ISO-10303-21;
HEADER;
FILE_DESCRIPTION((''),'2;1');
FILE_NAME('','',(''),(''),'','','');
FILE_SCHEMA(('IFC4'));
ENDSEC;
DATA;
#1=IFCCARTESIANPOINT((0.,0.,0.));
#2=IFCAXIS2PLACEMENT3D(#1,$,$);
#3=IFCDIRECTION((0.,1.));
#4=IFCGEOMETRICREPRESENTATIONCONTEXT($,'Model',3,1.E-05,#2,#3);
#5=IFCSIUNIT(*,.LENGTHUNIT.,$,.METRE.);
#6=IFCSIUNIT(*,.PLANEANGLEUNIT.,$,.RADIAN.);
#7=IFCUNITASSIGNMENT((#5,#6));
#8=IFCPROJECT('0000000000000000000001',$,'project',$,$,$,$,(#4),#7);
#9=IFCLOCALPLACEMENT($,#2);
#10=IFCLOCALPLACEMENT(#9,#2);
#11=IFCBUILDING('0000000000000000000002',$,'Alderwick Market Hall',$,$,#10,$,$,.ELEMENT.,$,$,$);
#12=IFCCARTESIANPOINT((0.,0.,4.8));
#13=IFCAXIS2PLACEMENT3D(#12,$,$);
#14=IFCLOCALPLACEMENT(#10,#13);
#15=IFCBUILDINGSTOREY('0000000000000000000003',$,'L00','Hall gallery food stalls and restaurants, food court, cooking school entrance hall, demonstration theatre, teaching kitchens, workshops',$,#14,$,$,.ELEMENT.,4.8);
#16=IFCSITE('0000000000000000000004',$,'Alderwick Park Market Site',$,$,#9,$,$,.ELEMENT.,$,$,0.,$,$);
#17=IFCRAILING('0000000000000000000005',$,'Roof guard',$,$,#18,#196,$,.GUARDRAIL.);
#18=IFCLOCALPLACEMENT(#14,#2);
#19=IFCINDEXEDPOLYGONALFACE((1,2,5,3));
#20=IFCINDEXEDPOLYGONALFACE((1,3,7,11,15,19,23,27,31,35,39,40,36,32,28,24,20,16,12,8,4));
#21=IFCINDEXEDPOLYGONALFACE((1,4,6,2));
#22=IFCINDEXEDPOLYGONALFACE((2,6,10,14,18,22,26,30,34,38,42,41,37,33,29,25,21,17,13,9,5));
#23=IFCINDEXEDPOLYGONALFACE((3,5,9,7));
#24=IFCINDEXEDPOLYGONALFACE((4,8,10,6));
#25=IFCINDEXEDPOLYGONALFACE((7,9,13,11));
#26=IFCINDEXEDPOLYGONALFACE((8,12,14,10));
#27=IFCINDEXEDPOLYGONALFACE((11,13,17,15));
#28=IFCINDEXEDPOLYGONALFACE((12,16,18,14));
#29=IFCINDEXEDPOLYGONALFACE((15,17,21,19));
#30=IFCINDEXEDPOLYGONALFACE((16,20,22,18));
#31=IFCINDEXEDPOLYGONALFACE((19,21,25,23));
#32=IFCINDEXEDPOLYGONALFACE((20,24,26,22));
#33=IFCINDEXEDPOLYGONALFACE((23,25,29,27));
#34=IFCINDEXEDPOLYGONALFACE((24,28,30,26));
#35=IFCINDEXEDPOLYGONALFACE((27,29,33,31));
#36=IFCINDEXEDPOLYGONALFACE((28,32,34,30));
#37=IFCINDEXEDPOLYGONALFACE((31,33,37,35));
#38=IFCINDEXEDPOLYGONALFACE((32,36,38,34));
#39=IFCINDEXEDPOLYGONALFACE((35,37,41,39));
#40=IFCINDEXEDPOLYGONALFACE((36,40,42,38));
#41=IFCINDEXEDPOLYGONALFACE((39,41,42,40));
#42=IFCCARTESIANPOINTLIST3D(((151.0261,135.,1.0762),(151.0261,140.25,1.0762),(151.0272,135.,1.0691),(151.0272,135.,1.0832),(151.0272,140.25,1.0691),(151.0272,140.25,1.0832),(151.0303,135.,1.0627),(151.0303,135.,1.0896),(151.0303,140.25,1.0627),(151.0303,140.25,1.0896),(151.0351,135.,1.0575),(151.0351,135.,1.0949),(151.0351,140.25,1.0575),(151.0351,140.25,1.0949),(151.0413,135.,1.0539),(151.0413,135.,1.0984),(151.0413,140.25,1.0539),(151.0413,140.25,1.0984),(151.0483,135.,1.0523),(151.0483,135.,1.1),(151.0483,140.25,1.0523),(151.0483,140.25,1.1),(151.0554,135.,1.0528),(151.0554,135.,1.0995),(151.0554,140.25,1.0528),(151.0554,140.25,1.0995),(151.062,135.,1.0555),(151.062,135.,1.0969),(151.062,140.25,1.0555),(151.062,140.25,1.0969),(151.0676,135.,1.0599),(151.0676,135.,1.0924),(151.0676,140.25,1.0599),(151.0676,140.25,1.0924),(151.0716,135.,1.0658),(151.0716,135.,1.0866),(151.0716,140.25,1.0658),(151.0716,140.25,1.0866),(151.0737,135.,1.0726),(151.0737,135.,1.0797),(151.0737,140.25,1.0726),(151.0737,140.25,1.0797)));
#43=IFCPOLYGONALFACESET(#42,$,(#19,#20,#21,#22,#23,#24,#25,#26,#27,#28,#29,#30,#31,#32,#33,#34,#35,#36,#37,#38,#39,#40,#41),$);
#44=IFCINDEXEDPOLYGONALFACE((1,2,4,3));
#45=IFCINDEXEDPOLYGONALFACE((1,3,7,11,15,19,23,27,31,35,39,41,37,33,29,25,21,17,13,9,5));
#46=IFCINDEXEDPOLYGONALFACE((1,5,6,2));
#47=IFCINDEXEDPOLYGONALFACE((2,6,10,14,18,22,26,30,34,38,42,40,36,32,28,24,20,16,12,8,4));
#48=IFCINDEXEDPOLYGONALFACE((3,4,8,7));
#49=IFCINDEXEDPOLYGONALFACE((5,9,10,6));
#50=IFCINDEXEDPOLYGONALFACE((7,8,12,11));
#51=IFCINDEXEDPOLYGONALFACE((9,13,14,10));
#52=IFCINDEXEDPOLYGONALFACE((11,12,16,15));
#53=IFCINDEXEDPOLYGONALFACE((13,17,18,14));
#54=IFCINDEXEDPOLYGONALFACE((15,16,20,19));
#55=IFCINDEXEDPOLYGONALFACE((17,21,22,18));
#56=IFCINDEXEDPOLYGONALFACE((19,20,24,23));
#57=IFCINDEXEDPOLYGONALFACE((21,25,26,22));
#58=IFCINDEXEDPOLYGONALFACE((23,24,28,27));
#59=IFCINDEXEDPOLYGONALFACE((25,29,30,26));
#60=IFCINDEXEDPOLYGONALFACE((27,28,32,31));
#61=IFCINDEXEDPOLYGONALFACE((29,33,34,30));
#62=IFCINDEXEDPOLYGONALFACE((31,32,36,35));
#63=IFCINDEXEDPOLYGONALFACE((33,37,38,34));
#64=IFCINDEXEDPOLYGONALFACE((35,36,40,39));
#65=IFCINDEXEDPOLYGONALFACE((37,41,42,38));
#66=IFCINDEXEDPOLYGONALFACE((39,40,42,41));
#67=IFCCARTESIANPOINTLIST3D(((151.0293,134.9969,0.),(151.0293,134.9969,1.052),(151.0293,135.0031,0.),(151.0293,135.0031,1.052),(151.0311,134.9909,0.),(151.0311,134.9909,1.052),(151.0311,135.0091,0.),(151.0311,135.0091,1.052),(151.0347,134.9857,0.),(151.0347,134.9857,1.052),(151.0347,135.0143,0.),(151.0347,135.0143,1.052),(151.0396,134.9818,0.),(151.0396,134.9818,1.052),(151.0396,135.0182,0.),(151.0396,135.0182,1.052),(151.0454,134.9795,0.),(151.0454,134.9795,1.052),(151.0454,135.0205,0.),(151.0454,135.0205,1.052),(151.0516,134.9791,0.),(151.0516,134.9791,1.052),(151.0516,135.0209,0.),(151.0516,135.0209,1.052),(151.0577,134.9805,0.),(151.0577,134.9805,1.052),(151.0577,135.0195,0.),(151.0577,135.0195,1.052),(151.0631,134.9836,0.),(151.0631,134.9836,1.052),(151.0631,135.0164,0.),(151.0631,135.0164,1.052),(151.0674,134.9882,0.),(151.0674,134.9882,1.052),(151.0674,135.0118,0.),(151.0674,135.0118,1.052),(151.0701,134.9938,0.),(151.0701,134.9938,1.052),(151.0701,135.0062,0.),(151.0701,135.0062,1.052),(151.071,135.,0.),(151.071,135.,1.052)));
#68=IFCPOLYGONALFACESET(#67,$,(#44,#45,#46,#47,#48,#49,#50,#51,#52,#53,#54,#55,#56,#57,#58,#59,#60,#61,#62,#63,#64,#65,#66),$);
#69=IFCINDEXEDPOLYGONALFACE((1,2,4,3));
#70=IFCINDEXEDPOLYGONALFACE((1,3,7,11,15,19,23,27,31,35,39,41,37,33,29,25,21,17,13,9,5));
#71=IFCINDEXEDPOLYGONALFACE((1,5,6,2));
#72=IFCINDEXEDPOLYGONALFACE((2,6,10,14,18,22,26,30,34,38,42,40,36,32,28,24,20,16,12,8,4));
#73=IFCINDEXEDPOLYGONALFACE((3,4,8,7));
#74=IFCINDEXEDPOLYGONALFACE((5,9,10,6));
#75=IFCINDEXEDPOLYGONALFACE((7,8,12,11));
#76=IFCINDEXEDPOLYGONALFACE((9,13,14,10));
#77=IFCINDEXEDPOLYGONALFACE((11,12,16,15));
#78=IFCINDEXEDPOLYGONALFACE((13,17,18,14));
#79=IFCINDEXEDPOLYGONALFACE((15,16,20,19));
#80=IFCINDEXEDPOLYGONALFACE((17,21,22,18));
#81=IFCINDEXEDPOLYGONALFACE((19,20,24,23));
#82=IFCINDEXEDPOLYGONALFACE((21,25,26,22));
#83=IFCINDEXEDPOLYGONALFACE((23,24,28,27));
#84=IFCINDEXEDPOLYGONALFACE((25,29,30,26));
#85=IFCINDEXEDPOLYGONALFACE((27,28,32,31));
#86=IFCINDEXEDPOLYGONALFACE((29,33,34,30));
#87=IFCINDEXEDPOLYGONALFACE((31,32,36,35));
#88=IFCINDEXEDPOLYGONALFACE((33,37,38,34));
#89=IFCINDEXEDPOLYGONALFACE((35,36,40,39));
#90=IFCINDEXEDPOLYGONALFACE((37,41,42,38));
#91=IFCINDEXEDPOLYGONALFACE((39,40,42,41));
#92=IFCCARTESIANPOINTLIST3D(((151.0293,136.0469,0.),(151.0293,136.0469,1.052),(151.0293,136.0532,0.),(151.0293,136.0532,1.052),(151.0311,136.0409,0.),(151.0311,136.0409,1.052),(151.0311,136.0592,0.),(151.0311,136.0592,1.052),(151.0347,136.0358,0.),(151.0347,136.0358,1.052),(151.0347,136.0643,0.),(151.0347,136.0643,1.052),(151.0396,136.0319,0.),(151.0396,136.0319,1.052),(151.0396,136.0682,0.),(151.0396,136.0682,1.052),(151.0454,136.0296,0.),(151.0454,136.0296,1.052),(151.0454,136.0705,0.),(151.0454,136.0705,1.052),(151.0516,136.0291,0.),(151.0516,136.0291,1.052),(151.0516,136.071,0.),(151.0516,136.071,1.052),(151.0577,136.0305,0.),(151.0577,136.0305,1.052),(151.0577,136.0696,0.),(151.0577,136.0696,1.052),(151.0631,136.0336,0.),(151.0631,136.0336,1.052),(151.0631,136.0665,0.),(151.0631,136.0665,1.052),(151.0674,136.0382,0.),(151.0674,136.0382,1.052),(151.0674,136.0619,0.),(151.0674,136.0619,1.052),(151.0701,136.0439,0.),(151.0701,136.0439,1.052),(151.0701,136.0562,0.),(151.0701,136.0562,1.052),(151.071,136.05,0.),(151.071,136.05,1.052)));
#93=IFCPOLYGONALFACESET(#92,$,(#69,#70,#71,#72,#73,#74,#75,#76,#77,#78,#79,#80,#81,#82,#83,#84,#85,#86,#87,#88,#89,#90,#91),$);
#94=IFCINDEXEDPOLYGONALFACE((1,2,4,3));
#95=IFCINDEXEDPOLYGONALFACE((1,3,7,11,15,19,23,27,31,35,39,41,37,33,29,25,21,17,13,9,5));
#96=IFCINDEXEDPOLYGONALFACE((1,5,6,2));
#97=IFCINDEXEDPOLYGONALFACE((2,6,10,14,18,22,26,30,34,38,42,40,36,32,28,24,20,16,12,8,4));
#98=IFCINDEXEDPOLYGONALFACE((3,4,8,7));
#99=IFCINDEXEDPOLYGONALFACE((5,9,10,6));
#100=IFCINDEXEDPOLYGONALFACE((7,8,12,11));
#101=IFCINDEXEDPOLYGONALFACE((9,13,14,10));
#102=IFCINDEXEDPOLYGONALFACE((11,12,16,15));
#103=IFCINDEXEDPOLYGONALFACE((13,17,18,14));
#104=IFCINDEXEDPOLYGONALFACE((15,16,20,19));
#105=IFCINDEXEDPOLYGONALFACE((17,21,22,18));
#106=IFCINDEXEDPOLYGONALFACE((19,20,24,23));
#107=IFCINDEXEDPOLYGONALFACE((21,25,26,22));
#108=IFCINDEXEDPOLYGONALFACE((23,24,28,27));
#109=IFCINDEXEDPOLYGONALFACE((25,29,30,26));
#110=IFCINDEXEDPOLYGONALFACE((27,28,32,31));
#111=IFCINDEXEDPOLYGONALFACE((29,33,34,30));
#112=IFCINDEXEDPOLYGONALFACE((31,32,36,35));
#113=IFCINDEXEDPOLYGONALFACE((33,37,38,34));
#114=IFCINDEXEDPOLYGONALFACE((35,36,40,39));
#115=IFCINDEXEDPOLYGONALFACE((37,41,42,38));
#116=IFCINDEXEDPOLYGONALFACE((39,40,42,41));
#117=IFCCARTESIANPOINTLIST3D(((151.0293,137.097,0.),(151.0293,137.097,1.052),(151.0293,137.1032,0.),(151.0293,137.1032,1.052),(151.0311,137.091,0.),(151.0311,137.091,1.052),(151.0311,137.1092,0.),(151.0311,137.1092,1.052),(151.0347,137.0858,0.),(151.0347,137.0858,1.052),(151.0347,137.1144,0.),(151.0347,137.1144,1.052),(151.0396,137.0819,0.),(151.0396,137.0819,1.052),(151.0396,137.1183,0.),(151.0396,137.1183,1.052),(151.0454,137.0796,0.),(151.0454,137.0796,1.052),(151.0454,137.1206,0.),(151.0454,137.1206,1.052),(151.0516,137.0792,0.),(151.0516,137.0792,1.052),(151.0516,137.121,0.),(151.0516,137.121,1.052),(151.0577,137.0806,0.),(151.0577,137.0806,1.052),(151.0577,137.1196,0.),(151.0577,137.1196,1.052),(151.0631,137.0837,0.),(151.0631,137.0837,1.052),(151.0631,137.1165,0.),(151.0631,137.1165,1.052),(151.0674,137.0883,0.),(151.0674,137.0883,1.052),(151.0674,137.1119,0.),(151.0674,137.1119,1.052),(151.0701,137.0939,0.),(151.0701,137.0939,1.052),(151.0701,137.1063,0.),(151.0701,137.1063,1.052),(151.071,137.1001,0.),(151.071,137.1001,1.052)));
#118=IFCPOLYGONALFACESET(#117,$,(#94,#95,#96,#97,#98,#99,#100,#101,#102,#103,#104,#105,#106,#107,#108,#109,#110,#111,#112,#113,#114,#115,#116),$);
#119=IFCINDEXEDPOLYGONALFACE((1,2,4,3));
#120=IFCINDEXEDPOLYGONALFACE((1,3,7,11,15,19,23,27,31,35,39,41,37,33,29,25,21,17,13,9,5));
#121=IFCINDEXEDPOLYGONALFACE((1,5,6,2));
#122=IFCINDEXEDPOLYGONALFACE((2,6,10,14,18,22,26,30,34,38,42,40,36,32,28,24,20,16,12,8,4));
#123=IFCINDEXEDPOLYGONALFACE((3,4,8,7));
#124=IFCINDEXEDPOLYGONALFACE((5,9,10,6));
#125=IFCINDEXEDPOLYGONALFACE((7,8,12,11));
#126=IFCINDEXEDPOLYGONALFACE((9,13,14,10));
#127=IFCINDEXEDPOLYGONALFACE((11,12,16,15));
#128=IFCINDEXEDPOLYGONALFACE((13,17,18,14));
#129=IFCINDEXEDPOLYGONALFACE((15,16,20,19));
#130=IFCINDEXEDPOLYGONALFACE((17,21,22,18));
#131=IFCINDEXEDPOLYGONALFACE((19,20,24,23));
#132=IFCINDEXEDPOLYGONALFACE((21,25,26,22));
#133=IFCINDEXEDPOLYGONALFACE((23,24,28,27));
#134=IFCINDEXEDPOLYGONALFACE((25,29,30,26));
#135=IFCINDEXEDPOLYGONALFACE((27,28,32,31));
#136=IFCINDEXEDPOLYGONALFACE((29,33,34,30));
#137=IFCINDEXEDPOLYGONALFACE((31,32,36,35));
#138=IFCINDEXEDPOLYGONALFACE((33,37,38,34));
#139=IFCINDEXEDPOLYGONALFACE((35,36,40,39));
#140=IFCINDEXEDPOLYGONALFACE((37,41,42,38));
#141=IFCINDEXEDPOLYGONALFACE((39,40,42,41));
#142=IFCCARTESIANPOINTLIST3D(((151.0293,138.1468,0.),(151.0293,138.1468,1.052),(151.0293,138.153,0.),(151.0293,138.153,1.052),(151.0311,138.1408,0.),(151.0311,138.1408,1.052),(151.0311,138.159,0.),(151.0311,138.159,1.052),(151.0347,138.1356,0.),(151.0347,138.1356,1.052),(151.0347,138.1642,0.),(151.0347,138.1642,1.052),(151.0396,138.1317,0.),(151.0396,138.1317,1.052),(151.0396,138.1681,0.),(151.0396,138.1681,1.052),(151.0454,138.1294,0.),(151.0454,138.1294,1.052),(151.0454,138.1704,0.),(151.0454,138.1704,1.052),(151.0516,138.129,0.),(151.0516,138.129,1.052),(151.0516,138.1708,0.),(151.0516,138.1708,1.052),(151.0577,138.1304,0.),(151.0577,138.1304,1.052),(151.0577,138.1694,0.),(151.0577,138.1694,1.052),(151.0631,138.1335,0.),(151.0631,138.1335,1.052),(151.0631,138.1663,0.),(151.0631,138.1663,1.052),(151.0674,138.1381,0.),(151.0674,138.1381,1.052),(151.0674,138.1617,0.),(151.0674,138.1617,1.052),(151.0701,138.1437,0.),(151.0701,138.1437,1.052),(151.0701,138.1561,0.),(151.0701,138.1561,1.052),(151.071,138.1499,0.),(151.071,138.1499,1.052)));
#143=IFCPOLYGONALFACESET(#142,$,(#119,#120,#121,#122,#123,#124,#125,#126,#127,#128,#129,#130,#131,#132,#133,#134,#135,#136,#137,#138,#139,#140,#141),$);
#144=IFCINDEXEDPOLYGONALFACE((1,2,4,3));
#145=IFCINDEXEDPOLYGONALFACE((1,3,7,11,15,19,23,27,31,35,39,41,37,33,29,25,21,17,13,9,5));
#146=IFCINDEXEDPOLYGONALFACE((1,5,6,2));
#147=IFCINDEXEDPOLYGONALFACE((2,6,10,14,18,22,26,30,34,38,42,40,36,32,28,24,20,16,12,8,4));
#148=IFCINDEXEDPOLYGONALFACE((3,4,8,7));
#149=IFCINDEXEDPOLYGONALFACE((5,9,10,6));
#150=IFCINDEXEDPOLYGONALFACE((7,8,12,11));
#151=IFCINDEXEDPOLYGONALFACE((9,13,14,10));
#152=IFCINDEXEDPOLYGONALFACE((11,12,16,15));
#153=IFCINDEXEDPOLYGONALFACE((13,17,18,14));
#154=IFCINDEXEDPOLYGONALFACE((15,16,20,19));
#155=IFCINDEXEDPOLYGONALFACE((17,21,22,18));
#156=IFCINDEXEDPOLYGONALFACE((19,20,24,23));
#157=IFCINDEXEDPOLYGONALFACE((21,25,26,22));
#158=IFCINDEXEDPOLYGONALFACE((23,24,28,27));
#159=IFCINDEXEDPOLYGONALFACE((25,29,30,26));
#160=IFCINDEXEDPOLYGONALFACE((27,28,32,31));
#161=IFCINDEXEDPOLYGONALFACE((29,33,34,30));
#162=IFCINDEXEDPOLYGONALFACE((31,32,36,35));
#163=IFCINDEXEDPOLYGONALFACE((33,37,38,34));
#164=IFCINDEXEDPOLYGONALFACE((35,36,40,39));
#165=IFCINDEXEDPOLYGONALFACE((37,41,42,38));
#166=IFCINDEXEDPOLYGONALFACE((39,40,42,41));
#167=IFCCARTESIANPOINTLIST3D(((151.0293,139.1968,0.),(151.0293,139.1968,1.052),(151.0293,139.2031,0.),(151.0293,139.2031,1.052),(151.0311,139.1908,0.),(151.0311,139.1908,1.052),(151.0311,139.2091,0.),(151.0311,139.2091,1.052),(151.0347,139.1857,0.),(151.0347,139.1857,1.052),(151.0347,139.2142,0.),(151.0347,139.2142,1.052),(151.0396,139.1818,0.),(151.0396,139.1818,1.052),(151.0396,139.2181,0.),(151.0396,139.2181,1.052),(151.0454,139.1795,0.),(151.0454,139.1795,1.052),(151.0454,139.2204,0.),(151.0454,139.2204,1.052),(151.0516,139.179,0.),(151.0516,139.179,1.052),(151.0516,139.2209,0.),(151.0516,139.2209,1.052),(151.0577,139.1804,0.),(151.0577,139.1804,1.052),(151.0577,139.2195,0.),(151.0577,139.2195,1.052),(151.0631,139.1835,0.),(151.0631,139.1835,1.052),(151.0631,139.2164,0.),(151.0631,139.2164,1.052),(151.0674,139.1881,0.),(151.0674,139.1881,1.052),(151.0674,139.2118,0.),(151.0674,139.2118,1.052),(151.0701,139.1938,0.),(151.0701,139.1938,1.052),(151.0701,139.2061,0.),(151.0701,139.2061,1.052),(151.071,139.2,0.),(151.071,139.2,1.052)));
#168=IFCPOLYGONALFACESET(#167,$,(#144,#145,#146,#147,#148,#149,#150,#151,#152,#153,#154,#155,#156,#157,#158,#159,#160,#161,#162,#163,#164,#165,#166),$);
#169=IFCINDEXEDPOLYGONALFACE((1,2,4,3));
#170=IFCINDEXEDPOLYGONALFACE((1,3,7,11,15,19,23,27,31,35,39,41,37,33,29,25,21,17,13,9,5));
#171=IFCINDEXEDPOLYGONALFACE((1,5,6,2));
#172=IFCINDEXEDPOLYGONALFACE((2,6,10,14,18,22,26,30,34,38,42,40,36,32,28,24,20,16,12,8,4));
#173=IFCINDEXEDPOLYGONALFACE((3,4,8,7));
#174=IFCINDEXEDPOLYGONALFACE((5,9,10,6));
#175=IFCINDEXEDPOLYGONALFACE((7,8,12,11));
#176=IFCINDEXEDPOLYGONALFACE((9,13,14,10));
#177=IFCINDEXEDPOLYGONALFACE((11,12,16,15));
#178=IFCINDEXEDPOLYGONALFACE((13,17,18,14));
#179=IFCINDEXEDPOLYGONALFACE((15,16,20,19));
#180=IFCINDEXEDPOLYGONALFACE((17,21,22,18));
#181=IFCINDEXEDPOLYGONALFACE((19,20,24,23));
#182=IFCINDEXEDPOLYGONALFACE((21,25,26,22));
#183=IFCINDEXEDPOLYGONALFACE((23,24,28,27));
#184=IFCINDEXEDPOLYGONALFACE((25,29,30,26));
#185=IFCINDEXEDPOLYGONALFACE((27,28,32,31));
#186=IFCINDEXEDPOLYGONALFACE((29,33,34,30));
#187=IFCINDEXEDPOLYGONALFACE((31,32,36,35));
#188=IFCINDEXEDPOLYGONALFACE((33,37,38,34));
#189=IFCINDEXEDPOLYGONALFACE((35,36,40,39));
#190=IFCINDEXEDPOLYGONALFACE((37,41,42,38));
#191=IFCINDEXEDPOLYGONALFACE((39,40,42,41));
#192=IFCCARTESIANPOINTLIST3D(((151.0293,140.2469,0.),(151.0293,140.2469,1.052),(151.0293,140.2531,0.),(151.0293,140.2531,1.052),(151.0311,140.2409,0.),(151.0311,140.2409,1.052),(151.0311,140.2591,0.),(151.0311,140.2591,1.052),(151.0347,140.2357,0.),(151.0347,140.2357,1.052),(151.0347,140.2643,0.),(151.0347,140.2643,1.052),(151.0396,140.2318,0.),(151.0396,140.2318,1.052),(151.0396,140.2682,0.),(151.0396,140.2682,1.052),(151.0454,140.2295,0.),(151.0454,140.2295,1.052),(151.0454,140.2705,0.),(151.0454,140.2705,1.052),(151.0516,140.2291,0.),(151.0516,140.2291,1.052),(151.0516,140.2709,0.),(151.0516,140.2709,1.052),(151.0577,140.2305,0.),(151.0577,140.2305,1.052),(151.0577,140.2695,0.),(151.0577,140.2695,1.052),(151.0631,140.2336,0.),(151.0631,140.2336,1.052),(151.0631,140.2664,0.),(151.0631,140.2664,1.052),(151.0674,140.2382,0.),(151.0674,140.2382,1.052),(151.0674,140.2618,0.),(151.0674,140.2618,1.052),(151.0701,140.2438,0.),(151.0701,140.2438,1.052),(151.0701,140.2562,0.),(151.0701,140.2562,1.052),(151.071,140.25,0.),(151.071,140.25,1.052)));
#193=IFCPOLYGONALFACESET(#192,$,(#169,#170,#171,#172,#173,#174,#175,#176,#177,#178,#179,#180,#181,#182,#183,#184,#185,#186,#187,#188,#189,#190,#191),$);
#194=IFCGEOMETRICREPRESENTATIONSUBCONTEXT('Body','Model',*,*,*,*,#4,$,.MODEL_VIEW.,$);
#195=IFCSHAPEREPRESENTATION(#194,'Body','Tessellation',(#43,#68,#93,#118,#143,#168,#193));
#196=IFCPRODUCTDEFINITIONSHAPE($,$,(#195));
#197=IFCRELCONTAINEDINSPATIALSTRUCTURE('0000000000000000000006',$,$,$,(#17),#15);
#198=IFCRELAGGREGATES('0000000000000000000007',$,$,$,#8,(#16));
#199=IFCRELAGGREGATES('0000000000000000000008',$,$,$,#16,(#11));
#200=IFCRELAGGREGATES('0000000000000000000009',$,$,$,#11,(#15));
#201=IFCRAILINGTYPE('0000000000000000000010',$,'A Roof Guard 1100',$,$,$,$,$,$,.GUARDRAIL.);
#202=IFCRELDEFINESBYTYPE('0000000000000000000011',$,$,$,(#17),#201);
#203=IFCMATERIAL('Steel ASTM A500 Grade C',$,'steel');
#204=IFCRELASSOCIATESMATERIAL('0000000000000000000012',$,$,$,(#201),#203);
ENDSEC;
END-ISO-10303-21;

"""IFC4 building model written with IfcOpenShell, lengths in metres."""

from ifc_helpers import new_model, si_unit, direction, frame, origin, origin_2d, place, context, subcontext, project, spatial, circle, extrude, material, type_object, element, save


model = new_model("IFC4")

# Units and contexts
model_context = context("Model", 3, precision=1e-05, world=origin(), true_north=direction((0.0, 1.0)))
body_context = subcontext(model_context, "Body", "Model", "MODEL_VIEW")
ifc_project = project(units=[si_unit("LENGTHUNIT", "METRE"), si_unit("PLANEANGLEUNIT", "RADIAN")], contexts=[model_context])

# Site, building, storey
site_placement = place(None, origin())
site = spatial("IfcSite", under=ifc_project, at=site_placement, Name="Alderwick Park Market Site", CompositionType="ELEMENT", RefElevation=0.0)
building_placement = place(site_placement, origin())
building = spatial("IfcBuilding", under=site, at=building_placement, Name="Alderwick Market Hall", CompositionType="ELEMENT")
storey_placement = place(building_placement, frame((0.0, 0.0, 4.8)))
storey = spatial("IfcBuildingStorey", under=building, at=storey_placement, Name="L00", Description="Hall gallery food stalls and restaurants, food court, cooking school entrance hall, demonstration theatre, teaching kitchens, workshops", CompositionType="ELEMENT", Elevation=4.8)

# Shared definitions
ifc_material_1 = material(Name="Steel ASTM A500 Grade C", Category="steel")

# Railing
railing_type_1 = type_object("IfcRailingType", Name="A Roof Guard 1100", PredefinedType="GUARDRAIL", material=ifc_material_1)
railing_1_placement = place(storey_placement, frame((151.05, 135.0, 0.0)))
element("IfcRailing", 1, at=railing_1_placement, inside=storey, type_object=railing_type_1, Name="Roof guard", PredefinedType="GUARDRAIL", context=body_context, shape_type="SweptSolid", body=[
    extrude(circle(Radius=0.0239, at=origin_2d()), frame((0.0, 0.0, 1.0762), z_axis=(0.0, 1.0, 0.0), x_axis=(-1.0, 0.0, 0.0)), (0.0, 0.0, 1.0), 5.25),
    extrude(circle(Radius=0.021, at=origin_2d()), origin(), (0.0, 0.0, 1.0), 1.052),
    extrude(circle(Radius=0.021, at=origin_2d()), frame((0.0, 1.05, 0.0)), (0.0, 0.0, 1.0), 1.052),
    extrude(circle(Radius=0.021, at=origin_2d()), frame((0.0, 2.1001, 0.0)), (0.0, 0.0, 1.0), 1.052),
    extrude(circle(Radius=0.021, at=origin_2d()), frame((0.0, 3.1499, 0.0)), (0.0, 0.0, 1.0), 1.052),
    extrude(circle(Radius=0.021, at=origin_2d()), frame((0.0, 4.2, 0.0)), (0.0, 0.0, 1.0), 1.052),
    extrude(circle(Radius=0.021, at=origin_2d()), frame((0.0, 5.25, 0.0)), (0.0, 0.0, 1.0), 1.052),
])

save(model, "model.ifc")
